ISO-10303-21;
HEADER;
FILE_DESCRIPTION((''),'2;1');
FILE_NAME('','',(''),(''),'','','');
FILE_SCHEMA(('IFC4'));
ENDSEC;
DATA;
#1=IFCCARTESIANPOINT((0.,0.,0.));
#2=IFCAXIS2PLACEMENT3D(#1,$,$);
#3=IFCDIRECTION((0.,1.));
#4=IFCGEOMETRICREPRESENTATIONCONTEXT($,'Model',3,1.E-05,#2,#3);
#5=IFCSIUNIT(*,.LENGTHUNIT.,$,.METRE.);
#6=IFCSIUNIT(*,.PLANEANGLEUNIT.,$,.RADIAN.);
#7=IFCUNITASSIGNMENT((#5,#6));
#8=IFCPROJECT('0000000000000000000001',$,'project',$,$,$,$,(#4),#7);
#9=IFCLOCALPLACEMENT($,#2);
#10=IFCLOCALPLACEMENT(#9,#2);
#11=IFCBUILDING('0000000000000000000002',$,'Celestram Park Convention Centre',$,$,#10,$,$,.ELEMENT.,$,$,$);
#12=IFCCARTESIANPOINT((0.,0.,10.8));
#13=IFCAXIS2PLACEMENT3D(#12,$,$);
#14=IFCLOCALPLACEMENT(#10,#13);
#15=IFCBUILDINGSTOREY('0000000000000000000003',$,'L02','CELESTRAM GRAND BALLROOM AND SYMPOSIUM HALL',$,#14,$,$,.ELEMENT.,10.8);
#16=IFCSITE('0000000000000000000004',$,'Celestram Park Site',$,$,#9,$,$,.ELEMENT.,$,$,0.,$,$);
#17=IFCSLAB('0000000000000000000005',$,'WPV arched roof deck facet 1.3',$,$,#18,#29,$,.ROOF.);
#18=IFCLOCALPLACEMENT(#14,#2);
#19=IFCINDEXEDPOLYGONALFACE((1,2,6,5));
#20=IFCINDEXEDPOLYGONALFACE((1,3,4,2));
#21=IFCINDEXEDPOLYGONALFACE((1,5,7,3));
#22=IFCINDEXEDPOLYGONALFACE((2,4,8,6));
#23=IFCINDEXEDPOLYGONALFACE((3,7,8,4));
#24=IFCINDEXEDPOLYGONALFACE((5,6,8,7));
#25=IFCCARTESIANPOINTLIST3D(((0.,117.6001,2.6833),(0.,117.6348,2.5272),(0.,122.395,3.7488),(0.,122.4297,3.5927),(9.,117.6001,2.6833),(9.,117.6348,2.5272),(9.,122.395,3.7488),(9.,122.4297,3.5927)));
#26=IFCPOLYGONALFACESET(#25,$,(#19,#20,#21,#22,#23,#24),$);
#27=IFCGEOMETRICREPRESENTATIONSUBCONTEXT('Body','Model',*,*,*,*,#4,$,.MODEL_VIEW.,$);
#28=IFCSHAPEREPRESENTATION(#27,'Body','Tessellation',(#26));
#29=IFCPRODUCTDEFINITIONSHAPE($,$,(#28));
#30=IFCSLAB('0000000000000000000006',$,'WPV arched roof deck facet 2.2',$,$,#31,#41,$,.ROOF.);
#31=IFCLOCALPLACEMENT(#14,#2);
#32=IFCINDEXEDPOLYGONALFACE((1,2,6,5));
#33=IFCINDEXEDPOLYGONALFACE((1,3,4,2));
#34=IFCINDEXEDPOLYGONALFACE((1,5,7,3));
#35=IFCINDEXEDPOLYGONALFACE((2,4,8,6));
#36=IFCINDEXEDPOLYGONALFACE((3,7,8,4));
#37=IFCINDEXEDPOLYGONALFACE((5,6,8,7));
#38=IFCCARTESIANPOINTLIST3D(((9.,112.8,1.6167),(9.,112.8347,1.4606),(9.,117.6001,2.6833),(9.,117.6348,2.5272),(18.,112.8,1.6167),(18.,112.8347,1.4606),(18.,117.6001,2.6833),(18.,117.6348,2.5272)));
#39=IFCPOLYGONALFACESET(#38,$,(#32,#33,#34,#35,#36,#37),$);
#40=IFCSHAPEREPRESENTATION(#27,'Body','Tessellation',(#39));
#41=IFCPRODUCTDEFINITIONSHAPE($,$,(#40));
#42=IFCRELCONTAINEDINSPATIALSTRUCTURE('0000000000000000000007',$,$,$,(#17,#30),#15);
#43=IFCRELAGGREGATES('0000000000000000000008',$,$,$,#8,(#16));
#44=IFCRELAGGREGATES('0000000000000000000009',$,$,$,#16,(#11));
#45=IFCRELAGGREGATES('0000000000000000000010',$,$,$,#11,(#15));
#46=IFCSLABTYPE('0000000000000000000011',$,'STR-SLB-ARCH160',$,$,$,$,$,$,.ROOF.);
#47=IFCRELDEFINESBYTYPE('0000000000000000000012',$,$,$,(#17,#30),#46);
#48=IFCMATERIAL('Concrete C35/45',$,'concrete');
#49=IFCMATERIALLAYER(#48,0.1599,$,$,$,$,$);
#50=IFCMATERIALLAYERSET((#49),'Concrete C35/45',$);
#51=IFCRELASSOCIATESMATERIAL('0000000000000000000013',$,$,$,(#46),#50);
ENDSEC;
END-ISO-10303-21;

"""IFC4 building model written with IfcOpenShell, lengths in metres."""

from ifc_helpers import new_model, si_unit, direction, frame, origin, place, context, subcontext, project, spatial, polyline, outline, extrude, material, layer, layer_set, type_object, element, save


model = new_model("IFC4")

# Units and contexts
model_context = context("Model", 3, precision=1e-05, world=origin(), true_north=direction((0.0, 1.0)))
body_context = subcontext(model_context, "Body", "Model", "MODEL_VIEW")
ifc_project = project(units=[si_unit("LENGTHUNIT", "METRE"), si_unit("PLANEANGLEUNIT", "RADIAN")], contexts=[model_context])

# Site, building, storey
site_placement = place(None, origin())
site = spatial("IfcSite", under=ifc_project, at=site_placement, Name="Celestram Park Site", CompositionType="ELEMENT", RefElevation=0.0)
building_placement = place(site_placement, origin())
building = spatial("IfcBuilding", under=site, at=building_placement, Name="Celestram Park Convention Centre", CompositionType="ELEMENT")
storey_placement = place(building_placement, frame((0.0, 0.0, 10.8)))
storey = spatial("IfcBuildingStorey", under=building, at=storey_placement, Name="L02", Description="CELESTRAM GRAND BALLROOM AND SYMPOSIUM HALL", CompositionType="ELEMENT", Elevation=10.8)

# Slabs
ifc_material_1 = material(Name="Concrete C35/45", Category="concrete")
ifc_layer_1 = layer(ifc_material_1, 0.1599)
ifc_layer_set_1 = layer_set([ifc_layer_1], Name="Concrete C35/45")
slab_type = type_object("IfcSlabType", Name="STR-SLB-ARCH160", PredefinedType="ROOF", material=ifc_layer_set_1)
slab_1_placement = place(storey_placement, frame((0.0, 117.6001, 2.6833), z_axis=(0.0, -0.216909, 0.976192), x_axis=(1.0, 0.0, 0.0)))
element("IfcSlab", 1, at=slab_1_placement, inside=storey, type_object=slab_type, Name="WPV arched roof deck facet 1.3", PredefinedType="ROOF", context=body_context, shape_type="SweptSolid", body=[
    extrude(outline(polyline([(0.0, 0.0), (9.0, 0.0), (9.0, 4.9119), (0.0, 4.9119), (0.0, 0.0)])), origin(), (0.0, 0.0, -1.0), 0.1599),
])
slab_2_placement = place(storey_placement, frame((9.0, 112.8, 1.6167), z_axis=(0.0, -0.216925, 0.976188), x_axis=(1.0, 0.0, 0.0)))
element("IfcSlab", 2, at=slab_2_placement, inside=storey, type_object=slab_type, Name="WPV arched roof deck facet 2.2", PredefinedType="ROOF", context=body_context, shape_type="SweptSolid", body=[
    extrude(outline(polyline([(0.0, 0.0), (9.0, 0.0), (9.0, 4.9171), (0.0, 4.9171), (0.0, 0.0)])), origin(), (0.0, 0.0, -1.0), 0.1599),
])

save(model, "model.ifc")
